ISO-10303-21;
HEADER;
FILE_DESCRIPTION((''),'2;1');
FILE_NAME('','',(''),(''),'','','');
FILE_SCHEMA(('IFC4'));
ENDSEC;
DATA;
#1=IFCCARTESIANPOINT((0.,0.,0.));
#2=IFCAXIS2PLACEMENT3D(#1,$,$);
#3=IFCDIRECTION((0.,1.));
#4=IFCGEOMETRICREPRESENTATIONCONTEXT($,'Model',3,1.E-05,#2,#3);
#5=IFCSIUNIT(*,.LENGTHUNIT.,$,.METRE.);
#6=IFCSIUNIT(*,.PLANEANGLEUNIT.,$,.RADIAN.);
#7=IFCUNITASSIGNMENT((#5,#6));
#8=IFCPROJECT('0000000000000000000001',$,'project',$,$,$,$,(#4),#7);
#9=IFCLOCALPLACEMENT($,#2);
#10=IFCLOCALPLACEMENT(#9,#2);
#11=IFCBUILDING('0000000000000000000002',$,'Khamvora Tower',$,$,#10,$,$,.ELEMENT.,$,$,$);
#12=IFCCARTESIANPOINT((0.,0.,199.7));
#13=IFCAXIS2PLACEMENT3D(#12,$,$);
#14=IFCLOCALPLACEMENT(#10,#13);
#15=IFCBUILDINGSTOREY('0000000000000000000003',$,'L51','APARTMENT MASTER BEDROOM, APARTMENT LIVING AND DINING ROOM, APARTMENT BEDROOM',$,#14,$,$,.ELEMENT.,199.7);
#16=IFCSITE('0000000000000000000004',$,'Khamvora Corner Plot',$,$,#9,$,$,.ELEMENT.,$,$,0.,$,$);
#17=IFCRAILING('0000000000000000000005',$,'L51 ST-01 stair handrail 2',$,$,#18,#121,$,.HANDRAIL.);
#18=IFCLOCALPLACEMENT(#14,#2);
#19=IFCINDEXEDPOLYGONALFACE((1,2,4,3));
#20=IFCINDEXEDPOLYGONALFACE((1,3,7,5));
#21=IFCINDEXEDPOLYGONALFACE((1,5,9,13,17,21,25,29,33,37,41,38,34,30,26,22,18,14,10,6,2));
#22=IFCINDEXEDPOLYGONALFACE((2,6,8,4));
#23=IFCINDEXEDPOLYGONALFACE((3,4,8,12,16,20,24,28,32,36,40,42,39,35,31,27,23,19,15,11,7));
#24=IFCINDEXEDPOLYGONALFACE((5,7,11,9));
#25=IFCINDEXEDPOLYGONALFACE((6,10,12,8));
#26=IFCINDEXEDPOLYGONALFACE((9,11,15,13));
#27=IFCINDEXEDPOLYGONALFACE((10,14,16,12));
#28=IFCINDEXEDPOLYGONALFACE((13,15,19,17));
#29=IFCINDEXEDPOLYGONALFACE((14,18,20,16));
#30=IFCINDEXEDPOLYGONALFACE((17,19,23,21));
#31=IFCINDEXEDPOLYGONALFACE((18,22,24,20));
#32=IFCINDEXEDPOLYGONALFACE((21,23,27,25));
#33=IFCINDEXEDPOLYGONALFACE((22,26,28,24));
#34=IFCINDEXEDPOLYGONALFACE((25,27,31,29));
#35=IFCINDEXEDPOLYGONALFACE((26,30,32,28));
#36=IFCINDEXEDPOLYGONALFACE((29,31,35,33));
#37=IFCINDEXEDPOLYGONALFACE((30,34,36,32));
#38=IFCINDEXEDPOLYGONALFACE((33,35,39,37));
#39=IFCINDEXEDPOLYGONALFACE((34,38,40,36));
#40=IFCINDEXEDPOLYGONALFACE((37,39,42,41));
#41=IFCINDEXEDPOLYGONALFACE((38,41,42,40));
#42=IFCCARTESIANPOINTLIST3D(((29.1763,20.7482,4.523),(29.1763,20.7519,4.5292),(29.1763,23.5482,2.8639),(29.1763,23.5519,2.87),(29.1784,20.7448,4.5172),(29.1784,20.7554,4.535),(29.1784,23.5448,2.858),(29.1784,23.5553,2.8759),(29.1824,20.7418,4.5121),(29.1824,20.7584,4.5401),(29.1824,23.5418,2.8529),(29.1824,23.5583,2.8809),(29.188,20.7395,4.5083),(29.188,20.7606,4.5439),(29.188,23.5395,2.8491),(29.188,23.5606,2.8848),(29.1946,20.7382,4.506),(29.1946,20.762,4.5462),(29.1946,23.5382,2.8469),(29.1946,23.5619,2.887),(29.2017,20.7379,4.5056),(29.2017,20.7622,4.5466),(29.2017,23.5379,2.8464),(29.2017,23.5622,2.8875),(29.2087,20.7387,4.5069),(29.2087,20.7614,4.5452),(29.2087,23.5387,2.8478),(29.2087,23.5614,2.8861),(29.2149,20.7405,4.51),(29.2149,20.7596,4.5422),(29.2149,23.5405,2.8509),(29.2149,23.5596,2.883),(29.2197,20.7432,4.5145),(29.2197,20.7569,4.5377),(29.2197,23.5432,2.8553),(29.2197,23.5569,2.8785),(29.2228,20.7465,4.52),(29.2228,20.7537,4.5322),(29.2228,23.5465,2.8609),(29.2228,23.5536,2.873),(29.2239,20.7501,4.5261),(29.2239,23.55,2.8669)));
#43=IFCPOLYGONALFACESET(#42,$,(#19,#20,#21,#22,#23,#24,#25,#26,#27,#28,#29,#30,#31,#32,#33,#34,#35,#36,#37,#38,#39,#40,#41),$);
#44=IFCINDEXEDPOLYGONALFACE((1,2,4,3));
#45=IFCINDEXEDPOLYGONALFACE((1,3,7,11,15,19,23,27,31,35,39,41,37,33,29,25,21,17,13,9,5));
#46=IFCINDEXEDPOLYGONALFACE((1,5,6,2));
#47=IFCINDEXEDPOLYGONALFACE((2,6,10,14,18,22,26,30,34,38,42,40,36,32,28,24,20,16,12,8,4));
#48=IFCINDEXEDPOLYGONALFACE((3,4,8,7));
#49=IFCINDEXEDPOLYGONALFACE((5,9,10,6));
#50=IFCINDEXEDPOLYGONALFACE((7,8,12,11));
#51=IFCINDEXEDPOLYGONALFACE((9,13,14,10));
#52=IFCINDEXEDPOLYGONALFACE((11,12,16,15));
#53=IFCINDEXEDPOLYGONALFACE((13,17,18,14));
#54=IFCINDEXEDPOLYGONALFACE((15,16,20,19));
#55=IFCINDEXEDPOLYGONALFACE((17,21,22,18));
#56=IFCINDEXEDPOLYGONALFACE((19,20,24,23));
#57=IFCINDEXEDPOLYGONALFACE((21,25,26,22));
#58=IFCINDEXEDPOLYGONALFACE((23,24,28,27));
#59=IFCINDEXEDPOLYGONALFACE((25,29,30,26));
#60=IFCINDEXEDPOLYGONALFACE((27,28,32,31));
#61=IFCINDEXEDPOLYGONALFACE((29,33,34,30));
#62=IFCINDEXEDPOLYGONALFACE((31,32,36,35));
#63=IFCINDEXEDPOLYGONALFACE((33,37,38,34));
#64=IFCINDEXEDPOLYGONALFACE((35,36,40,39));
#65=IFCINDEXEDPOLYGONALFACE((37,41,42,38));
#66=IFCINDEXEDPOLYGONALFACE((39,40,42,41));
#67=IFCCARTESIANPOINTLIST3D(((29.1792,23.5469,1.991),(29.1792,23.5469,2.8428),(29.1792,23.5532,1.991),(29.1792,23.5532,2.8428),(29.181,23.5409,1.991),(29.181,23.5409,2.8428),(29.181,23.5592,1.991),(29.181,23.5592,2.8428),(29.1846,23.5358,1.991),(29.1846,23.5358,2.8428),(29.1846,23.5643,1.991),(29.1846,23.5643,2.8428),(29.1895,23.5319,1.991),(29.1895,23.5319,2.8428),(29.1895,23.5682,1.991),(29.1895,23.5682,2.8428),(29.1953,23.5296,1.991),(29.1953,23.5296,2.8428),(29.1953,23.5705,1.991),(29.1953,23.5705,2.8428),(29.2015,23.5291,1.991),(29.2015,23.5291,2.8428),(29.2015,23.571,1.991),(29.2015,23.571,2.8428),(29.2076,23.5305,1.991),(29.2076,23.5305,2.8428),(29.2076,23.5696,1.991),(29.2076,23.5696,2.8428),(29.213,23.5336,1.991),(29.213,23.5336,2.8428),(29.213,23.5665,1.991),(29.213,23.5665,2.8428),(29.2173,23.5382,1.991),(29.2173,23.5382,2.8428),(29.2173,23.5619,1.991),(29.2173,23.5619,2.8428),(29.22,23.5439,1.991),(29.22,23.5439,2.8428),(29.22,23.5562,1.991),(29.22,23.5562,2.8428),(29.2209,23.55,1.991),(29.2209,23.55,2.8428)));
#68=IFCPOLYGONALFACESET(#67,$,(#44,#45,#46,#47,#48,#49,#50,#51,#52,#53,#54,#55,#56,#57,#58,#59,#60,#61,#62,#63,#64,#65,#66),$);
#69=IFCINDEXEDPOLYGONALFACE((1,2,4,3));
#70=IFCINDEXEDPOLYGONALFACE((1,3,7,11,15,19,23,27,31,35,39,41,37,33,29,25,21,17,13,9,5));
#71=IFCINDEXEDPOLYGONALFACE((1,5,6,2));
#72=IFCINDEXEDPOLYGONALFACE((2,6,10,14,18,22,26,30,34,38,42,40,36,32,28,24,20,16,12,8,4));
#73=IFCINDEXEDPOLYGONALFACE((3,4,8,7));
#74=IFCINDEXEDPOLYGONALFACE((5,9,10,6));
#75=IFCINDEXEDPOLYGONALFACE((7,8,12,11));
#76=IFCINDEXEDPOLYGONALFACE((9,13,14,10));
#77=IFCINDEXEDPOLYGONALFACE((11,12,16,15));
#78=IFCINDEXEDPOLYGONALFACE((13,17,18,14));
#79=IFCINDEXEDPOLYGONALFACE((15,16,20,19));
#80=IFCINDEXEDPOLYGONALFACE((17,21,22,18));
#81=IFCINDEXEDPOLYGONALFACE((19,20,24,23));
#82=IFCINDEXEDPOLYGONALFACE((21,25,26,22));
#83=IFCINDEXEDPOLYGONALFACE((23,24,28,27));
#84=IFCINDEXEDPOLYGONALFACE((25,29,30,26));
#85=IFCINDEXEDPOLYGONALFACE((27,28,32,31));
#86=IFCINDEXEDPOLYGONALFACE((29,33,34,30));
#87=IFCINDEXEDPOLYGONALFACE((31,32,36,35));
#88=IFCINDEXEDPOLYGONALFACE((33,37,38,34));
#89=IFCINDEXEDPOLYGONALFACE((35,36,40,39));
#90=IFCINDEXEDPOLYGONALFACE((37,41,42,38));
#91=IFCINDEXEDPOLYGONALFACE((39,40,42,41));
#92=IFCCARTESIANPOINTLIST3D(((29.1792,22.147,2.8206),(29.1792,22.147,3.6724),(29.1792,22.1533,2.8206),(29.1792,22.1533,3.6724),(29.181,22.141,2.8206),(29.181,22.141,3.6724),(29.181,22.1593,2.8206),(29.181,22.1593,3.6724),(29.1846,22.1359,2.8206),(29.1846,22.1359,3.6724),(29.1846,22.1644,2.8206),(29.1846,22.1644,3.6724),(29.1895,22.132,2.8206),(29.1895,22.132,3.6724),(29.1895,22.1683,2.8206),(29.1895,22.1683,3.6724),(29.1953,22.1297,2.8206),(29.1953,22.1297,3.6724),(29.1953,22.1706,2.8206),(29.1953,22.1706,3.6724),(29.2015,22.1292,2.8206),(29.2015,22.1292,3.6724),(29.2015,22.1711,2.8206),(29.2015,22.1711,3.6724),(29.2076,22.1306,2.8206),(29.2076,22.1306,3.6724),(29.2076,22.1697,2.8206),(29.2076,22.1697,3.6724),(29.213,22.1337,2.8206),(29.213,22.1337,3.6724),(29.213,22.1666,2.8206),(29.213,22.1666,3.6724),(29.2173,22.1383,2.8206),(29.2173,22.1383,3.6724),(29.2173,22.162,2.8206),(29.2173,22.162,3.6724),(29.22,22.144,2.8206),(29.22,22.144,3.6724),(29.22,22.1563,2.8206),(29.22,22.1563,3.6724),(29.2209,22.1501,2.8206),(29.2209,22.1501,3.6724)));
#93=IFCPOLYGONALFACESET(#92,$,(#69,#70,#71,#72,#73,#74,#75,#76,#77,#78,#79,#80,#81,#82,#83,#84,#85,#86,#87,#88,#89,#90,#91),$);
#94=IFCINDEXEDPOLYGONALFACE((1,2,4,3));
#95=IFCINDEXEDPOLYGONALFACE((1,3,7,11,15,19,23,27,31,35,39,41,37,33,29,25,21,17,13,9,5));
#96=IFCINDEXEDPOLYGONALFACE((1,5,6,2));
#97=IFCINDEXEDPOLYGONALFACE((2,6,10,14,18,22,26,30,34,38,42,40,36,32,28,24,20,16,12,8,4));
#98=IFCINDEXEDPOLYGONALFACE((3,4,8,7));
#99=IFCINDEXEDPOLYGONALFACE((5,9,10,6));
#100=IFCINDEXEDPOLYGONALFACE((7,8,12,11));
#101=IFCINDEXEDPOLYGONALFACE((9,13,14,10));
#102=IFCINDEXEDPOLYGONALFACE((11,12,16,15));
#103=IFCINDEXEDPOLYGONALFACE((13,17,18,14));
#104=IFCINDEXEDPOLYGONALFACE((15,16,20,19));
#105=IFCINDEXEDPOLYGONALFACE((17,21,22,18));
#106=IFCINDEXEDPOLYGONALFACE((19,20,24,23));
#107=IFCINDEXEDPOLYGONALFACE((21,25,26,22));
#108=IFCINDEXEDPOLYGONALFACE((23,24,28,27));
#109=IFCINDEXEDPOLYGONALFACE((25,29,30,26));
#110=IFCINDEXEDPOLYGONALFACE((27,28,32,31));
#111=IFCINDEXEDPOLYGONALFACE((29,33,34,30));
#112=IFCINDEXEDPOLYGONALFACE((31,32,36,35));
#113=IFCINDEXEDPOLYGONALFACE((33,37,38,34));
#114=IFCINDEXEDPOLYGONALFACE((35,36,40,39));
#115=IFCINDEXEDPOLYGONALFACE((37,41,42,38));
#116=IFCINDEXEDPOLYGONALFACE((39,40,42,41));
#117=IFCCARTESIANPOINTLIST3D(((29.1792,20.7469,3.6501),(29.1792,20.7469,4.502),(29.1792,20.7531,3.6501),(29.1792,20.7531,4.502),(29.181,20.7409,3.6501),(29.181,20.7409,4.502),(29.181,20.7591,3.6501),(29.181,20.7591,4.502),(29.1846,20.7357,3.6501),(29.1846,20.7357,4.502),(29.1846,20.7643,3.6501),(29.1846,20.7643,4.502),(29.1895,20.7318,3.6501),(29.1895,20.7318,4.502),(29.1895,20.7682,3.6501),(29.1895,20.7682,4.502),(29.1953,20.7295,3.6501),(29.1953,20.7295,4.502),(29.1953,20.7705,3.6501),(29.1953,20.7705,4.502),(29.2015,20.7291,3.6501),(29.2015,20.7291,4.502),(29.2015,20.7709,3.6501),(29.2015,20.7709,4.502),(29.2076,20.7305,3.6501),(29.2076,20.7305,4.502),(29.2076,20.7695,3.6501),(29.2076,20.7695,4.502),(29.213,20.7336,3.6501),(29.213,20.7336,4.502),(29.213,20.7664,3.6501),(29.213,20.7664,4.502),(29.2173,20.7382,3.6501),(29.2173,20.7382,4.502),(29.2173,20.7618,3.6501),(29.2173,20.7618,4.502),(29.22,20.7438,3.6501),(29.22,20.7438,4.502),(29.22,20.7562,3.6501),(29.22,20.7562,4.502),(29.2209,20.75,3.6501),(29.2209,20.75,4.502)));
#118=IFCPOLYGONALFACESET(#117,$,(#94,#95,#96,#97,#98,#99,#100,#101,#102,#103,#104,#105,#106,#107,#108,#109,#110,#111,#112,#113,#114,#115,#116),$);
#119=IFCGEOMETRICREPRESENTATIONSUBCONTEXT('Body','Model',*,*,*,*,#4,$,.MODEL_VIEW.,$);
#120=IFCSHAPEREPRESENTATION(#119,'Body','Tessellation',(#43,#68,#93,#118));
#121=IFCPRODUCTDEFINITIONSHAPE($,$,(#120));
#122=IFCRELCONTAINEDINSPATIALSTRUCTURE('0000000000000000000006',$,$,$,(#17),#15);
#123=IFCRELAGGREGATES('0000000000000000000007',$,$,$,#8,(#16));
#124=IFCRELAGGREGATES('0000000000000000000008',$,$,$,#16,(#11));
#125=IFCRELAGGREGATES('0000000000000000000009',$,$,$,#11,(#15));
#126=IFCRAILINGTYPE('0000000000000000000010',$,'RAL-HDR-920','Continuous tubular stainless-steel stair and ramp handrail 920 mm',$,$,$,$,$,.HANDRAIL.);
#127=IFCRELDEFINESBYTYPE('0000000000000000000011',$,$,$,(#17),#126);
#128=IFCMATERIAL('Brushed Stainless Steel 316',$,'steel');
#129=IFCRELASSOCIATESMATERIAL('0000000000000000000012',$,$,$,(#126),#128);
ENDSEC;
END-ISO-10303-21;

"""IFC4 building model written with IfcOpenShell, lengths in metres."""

from ifc_helpers import new_model, si_unit, direction, frame, origin, origin_2d, place, context, subcontext, project, spatial, circle, extrude, material, type_object, element, save


model = new_model("IFC4")

# Units and contexts
model_context = context("Model", 3, precision=1e-05, world=origin(), true_north=direction((0.0, 1.0)))
body_context = subcontext(model_context, "Body", "Model", "MODEL_VIEW")
ifc_project = project(units=[si_unit("LENGTHUNIT", "METRE"), si_unit("PLANEANGLEUNIT", "RADIAN")], contexts=[model_context])

# Site, building, storey
site_placement = place(None, origin())
site = spatial("IfcSite", under=ifc_project, at=site_placement, Name="Khamvora Corner Plot", CompositionType="ELEMENT", RefElevation=0.0)
building_placement = place(site_placement, origin())
building = spatial("IfcBuilding", under=site, at=building_placement, Name="Khamvora Tower", CompositionType="ELEMENT")
storey_placement = place(building_placement, frame((0.0, 0.0, 199.7)))
storey = spatial("IfcBuildingStorey", under=building, at=storey_placement, Name="L51", Description="APARTMENT MASTER BEDROOM, APARTMENT LIVING AND DINING ROOM, APARTMENT BEDROOM", CompositionType="ELEMENT", Elevation=199.7)

# Railing
ifc_material_1 = material(Name="Brushed Stainless Steel 316", Category="steel")
railing_type_1 = type_object("IfcRailingType", Name="RAL-HDR-920", Description="Continuous tubular stainless-steel stair and ramp handrail 920 mm", PredefinedType="HANDRAIL", material=ifc_material_1)
railing_1_placement = place(storey_placement, frame((29.2, 23.55, 1.991)))
element("IfcRailing", 1, at=railing_1_placement, inside=storey, type_object=railing_type_1, Name="L51 ST-01 stair handrail 2", PredefinedType="HANDRAIL", context=body_context, shape_type="SweptSolid", body=[
    extrude(circle(Radius=0.0239, at=origin_2d()), frame((0.0, 0.0, 0.876), z_axis=(0.0, -0.860306, 0.509778), x_axis=(1.0, 0.0, 0.0)), (0.0, 0.0, 1.0), 3.2546),
    extrude(circle(Radius=0.021, at=origin_2d()), origin(), (0.0, 0.0, 1.0), 0.8518),
    extrude(circle(Radius=0.021, at=origin_2d()), frame((0.0, -1.3999, 0.8296)), (0.0, 0.0, 1.0), 0.8518),
    extrude(circle(Radius=0.021, at=origin_2d()), frame((0.0, -2.8, 1.6592)), (0.0, 0.0, 1.0), 0.8518),
])

save(model, "model.ifc")
